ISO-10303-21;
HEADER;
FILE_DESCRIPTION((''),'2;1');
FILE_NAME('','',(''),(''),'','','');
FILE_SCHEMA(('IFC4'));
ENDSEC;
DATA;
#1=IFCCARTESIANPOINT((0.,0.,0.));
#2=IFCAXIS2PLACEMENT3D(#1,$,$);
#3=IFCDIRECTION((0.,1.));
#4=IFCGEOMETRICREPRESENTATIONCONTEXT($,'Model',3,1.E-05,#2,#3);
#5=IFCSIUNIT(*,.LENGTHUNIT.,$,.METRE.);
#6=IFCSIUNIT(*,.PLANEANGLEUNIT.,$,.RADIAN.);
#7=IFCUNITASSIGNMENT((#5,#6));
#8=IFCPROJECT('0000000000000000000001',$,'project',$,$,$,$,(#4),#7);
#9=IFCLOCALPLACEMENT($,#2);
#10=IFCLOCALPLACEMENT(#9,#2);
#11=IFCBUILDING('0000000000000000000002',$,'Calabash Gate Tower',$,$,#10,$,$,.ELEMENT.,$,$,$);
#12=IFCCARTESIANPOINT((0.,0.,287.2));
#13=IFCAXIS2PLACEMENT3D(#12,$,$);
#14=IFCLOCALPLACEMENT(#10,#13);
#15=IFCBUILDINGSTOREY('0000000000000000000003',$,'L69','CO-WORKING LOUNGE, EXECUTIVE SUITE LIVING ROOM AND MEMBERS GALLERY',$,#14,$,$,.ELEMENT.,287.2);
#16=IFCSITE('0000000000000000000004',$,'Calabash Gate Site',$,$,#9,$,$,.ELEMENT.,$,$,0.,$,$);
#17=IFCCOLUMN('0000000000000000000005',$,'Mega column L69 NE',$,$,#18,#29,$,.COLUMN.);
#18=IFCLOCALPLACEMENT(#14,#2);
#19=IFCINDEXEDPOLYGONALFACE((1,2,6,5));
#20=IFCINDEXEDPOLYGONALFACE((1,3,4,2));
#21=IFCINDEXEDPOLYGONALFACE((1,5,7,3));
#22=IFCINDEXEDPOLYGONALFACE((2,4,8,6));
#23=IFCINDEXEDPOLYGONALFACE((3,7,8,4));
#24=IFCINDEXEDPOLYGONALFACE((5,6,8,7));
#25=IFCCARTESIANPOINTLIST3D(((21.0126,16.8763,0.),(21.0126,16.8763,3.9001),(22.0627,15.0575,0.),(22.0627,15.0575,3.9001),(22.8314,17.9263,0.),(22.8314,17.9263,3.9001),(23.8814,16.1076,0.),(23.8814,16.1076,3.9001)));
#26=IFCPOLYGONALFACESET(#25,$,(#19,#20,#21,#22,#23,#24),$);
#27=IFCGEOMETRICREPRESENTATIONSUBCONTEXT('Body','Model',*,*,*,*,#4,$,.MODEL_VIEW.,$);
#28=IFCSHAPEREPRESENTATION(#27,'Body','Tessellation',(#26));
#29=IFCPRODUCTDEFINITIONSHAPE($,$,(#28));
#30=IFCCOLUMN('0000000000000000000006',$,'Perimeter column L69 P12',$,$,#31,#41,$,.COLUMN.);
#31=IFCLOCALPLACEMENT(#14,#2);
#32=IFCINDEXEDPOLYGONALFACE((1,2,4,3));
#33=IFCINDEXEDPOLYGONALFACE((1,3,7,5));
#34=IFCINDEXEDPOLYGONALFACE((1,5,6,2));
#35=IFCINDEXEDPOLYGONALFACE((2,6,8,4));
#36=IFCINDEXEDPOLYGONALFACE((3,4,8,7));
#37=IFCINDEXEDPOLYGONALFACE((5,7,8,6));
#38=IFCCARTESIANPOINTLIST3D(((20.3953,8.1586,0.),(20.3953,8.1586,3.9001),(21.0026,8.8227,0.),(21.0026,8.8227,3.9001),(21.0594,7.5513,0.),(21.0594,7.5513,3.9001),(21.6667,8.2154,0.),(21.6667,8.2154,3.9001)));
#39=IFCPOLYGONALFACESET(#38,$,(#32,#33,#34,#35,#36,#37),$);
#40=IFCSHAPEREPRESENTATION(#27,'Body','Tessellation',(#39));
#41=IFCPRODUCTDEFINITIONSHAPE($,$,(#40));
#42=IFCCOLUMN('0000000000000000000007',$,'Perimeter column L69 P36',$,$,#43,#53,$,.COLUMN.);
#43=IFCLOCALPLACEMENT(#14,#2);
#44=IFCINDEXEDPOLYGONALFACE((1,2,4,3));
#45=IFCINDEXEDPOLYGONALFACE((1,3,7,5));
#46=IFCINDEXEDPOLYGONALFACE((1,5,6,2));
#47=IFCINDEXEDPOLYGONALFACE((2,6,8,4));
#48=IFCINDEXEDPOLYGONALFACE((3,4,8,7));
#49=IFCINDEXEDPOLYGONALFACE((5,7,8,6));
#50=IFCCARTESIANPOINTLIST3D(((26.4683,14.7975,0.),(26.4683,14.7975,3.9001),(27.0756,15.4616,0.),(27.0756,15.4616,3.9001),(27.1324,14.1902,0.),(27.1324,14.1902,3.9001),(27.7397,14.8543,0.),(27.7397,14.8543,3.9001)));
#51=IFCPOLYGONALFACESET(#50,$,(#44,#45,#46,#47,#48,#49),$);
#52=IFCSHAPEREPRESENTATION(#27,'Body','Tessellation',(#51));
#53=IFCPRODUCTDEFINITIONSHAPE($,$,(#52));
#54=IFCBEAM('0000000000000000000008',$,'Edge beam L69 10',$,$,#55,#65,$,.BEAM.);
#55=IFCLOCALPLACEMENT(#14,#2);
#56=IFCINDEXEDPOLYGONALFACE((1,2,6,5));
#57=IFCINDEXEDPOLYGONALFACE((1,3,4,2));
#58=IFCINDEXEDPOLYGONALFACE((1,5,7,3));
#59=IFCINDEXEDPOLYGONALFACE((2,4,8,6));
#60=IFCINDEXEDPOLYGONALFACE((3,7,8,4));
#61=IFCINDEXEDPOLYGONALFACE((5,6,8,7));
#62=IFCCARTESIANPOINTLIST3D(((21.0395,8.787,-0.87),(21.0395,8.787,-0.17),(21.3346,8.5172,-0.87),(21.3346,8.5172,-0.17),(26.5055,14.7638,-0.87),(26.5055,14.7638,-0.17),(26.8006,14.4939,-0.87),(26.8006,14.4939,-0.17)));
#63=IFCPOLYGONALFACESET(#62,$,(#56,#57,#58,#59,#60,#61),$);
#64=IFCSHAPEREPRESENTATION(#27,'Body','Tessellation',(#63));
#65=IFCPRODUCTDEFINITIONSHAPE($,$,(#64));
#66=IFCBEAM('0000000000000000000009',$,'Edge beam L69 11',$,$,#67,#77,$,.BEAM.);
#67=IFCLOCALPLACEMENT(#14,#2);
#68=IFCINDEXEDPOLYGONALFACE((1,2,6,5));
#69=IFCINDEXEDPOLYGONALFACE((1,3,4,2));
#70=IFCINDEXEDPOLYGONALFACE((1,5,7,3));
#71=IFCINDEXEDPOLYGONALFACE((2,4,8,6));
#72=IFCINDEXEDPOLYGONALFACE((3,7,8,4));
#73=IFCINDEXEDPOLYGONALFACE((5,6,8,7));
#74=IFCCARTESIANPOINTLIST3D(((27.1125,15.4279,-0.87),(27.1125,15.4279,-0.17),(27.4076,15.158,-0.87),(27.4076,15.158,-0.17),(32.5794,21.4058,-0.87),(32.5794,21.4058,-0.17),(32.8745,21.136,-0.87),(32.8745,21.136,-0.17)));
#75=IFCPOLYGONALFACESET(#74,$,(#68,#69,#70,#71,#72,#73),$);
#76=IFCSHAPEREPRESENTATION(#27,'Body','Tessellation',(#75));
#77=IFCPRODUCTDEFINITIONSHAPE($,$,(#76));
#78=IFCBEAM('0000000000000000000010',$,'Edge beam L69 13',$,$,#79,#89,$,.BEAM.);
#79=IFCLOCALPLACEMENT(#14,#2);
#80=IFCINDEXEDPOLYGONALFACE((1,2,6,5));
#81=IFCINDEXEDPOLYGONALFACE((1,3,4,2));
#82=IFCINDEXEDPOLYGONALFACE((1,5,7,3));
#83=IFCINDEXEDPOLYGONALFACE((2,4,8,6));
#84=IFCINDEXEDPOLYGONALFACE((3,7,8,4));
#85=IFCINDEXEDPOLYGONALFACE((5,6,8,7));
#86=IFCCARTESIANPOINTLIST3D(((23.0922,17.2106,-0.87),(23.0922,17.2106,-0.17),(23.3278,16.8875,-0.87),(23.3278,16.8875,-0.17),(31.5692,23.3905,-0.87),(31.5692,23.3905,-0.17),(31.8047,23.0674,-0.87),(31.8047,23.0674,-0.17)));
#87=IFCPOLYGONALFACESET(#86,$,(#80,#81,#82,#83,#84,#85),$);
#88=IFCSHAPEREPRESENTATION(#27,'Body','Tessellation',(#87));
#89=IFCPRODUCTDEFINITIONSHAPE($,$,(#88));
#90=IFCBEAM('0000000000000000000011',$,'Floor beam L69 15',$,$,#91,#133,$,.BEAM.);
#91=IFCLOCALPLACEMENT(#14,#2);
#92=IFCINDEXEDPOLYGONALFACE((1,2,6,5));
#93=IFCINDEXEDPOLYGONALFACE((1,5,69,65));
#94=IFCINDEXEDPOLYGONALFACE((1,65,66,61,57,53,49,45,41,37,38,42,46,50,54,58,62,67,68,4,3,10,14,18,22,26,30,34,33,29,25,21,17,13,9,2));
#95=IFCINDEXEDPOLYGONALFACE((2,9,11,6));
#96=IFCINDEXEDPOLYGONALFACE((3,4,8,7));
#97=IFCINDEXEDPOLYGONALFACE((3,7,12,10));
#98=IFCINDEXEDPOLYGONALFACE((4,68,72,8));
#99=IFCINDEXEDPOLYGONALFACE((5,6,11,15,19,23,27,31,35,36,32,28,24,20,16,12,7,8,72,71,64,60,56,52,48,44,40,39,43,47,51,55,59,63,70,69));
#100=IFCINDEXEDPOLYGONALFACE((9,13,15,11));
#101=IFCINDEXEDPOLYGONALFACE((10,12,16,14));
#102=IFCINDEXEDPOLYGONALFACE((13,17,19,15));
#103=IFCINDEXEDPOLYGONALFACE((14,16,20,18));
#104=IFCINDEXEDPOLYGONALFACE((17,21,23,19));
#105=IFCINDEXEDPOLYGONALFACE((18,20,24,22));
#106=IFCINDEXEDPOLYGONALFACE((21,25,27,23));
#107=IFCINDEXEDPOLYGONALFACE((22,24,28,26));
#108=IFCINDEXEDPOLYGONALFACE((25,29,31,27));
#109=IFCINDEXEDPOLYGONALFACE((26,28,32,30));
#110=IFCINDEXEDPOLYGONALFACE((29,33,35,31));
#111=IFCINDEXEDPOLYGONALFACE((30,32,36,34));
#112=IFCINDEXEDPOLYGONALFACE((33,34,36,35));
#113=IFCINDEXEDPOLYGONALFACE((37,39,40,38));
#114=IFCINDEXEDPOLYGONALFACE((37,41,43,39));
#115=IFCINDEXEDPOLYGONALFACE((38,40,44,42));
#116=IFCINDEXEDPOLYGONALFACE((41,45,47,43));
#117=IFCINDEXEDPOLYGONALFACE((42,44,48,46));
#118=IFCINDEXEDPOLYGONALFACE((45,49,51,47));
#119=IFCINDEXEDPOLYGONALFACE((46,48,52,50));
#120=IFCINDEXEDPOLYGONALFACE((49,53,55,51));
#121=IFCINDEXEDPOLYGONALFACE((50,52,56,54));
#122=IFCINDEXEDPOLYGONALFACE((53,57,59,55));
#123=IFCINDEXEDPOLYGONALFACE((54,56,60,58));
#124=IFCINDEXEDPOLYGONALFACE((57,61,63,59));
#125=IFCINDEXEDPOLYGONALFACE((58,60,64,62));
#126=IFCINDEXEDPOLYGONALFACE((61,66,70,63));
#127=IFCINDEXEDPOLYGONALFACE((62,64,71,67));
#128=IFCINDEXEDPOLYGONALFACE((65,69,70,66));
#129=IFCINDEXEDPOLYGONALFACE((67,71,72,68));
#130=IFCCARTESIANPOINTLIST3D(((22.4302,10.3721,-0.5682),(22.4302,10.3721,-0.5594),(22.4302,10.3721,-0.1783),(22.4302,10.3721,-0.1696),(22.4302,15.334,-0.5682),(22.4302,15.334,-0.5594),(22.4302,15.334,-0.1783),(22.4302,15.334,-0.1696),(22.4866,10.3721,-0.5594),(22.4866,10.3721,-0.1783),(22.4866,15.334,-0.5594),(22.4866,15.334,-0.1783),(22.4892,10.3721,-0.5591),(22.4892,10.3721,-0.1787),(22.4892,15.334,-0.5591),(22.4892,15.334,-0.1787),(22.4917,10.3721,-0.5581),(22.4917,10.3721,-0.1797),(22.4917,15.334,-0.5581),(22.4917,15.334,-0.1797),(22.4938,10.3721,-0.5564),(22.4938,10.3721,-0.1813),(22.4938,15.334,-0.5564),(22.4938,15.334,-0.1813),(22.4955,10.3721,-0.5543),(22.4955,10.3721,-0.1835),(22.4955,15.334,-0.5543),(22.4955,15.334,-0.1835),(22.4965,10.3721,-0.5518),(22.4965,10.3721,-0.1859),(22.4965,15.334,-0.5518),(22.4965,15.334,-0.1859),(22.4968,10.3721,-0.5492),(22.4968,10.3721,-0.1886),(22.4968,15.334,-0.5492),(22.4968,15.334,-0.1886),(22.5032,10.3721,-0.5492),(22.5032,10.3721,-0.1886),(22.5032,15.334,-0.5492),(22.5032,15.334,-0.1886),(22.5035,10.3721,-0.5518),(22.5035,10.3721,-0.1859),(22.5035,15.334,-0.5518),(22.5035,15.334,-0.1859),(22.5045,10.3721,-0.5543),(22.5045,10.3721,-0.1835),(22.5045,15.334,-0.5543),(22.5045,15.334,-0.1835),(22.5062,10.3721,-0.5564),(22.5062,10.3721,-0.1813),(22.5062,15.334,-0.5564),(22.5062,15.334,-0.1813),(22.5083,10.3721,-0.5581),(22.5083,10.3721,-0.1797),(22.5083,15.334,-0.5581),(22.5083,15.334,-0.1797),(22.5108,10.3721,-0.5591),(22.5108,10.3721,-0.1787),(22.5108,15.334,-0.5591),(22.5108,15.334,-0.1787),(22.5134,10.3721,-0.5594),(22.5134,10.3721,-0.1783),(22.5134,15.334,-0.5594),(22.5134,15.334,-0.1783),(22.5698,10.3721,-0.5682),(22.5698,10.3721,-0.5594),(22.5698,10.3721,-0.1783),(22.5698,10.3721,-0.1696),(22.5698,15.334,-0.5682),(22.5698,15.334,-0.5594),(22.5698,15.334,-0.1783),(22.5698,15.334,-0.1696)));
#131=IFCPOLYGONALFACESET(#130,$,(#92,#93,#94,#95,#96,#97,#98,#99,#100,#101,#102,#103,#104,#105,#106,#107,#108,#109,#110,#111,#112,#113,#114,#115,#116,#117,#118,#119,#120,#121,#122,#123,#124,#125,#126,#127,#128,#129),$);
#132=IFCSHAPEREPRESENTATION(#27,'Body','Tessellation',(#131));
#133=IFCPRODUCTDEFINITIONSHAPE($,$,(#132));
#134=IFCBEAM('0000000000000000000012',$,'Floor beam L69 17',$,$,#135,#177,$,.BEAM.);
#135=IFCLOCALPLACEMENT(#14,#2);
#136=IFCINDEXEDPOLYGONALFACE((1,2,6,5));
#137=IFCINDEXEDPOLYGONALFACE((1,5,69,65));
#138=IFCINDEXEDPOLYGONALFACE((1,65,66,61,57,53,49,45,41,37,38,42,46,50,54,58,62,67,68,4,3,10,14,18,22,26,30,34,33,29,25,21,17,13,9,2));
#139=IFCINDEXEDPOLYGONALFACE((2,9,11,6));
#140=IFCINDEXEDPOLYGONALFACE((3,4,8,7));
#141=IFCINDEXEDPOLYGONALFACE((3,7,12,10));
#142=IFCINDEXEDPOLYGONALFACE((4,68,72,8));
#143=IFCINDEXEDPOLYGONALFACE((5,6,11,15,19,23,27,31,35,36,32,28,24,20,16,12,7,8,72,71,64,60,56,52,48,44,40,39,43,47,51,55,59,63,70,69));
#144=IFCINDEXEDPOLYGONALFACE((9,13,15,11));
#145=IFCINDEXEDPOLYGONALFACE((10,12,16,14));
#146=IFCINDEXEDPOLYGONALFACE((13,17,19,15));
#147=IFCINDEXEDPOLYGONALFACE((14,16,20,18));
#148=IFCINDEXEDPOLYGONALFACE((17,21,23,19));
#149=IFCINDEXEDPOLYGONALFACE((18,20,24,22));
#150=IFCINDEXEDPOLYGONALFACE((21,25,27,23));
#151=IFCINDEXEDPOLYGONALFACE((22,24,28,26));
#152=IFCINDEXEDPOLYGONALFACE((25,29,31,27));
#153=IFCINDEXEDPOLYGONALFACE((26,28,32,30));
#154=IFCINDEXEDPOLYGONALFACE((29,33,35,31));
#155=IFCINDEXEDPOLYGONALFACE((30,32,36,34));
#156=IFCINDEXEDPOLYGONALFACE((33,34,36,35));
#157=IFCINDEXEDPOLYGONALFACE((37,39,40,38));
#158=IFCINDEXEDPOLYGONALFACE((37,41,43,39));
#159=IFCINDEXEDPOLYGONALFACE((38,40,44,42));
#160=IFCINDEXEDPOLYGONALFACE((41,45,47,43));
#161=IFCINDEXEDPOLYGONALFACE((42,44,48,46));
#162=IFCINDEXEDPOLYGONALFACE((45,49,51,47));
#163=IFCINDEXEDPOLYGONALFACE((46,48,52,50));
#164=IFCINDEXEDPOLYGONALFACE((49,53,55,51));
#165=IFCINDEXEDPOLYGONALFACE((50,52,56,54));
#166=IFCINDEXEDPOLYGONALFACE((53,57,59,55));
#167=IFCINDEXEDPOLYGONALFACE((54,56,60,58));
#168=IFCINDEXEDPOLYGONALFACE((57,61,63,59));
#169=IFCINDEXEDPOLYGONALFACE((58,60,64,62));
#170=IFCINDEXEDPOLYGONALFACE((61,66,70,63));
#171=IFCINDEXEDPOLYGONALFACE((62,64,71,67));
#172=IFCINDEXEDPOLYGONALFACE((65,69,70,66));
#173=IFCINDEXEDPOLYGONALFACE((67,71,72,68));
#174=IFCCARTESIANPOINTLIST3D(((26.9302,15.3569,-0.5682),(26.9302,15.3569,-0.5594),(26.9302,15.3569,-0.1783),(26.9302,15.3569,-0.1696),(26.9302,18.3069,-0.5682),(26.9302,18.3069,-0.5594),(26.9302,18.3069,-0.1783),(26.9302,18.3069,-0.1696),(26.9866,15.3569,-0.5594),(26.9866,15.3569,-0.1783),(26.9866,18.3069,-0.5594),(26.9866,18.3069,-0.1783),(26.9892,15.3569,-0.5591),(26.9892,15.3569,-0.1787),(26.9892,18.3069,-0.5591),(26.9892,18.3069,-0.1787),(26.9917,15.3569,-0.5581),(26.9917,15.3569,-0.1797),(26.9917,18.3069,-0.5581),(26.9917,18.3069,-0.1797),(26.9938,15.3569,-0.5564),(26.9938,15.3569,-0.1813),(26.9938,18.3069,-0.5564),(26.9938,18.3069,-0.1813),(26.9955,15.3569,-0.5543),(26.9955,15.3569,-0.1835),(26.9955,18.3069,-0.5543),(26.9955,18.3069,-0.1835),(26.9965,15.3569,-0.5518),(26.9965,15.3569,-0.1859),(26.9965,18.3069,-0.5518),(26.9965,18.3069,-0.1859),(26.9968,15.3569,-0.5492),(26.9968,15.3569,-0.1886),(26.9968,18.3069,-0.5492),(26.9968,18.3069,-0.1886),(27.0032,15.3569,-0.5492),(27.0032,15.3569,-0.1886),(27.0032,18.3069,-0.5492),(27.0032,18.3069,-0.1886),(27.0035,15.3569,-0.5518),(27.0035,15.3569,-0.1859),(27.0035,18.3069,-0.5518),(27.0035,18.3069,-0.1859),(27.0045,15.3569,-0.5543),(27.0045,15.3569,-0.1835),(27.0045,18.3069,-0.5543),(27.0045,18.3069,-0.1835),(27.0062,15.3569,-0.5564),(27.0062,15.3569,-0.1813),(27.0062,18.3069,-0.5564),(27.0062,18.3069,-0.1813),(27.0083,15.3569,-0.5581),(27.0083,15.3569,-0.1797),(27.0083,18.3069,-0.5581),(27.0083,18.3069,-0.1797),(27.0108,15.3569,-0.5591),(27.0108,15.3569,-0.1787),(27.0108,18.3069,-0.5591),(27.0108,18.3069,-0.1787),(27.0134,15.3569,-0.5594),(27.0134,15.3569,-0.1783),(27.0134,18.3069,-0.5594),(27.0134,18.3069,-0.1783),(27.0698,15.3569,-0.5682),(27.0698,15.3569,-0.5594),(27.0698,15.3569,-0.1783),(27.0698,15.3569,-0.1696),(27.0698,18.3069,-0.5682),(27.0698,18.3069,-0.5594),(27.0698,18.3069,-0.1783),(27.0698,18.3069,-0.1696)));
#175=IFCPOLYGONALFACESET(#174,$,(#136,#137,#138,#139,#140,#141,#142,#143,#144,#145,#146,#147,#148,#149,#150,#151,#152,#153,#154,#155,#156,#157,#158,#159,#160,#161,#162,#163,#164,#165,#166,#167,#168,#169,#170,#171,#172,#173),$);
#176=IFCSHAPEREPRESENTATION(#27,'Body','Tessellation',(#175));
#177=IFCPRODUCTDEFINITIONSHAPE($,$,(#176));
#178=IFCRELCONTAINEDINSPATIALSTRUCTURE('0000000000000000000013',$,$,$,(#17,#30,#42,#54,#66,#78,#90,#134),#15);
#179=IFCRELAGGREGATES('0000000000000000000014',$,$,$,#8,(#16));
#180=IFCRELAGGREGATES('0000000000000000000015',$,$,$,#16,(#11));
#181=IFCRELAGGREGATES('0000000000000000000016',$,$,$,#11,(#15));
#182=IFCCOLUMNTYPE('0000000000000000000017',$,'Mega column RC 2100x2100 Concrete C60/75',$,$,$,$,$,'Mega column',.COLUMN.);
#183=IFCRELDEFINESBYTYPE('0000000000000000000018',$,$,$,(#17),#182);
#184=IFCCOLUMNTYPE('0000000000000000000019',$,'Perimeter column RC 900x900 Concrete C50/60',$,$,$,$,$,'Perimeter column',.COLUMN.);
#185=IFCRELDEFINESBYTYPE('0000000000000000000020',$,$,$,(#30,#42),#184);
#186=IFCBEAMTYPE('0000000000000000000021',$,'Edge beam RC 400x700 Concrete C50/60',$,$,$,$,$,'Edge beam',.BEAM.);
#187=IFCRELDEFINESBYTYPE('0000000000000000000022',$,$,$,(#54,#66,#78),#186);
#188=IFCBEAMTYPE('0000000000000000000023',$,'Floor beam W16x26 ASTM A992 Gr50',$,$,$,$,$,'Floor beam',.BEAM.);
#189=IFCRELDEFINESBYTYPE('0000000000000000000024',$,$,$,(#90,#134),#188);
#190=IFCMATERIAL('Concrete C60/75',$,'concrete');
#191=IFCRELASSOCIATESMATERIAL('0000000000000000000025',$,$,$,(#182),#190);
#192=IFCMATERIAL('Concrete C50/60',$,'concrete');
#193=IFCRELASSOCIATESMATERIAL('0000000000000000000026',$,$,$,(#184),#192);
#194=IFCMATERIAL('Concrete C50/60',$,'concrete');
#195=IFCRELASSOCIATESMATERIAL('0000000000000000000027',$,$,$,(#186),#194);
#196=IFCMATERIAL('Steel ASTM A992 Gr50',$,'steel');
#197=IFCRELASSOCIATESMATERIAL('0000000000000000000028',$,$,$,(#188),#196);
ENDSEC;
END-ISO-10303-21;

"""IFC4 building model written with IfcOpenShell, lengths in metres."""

from ifc_helpers import new_model, si_unit, direction, frame, origin, origin_2d, place, context, subcontext, project, spatial, rectangle, i_section, extrude, material, material_profile, profile_set, type_object, element, save


model = new_model("IFC4")

# Units and contexts
model_context = context("Model", 3, precision=1e-05, world=origin(), true_north=direction((0.0, 1.0)))
body_context = subcontext(model_context, "Body", "Model", "MODEL_VIEW")
ifc_project = project(units=[si_unit("LENGTHUNIT", "METRE"), si_unit("PLANEANGLEUNIT", "RADIAN")], contexts=[model_context])

# Site, building, storey
site_placement = place(None, origin())
site = spatial("IfcSite", under=ifc_project, at=site_placement, Name="Calabash Gate Site", CompositionType="ELEMENT", RefElevation=0.0)
building_placement = place(site_placement, origin())
building = spatial("IfcBuilding", under=site, at=building_placement, Name="Calabash Gate Tower", CompositionType="ELEMENT")
storey_placement = place(building_placement, frame((0.0, 0.0, 287.2)))
storey = spatial("IfcBuildingStorey", under=building, at=storey_placement, Name="L69", Description="CO-WORKING LOUNGE, EXECUTIVE SUITE LIVING ROOM AND MEMBERS GALLERY", CompositionType="ELEMENT", Elevation=287.2)

# Columns
ifc_material_1 = material(Name="Concrete C60/75", Category="concrete")
ifc_material_profile_1 = material_profile(ifc_material_1, rectangle(XDim=2.1001, YDim=2.1001, at=origin_2d()))
ifc_profile_set_1 = profile_set([ifc_material_profile_1], Name="Concrete C60/75")
column_type_1 = type_object("IfcColumnType", Name="Mega column RC 2100x2100 Concrete C60/75", ElementType="Mega column", PredefinedType="COLUMN", material=ifc_profile_set_1)
column_placement = place(storey_placement, frame((22.447, 16.4919, 0.0), z_axis=(0.0, 0.0, 1.0), x_axis=(-0.866025, -0.5, 0.0)))
element("IfcColumn", 1, at=column_placement, inside=storey, type_object=column_type_1, Name="Mega column L69 NE", PredefinedType="COLUMN", context=body_context, shape_type="SweptSolid", body=[
    extrude(rectangle(XDim=2.1001, YDim=2.1001, at=origin_2d()), origin(), (0.0, 0.0, 1.0), 3.9001),
])
ifc_material_2 = material(Name="Concrete C50/60", Category="concrete")
ifc_material_profile_2 = material_profile(ifc_material_2, rectangle(XDim=0.8999, YDim=0.8999, at=origin_2d()))
ifc_profile_set_2 = profile_set([ifc_material_profile_2], Name="Concrete C50/60")
column_type_2 = type_object("IfcColumnType", Name="Perimeter column RC 900x900 Concrete C50/60", ElementType="Perimeter column", PredefinedType="COLUMN", material=ifc_profile_set_2)
for number, where, z_axis, x_axis, name in (
    (2, (21.031, 8.187, 0.0), (0.0, 0.0, 1.0), (0.674856, 0.737949, 0.0), "Perimeter column L69 P12"),
    (3, (27.104, 14.8259, 0.0), (0.0, 0.0, 1.0), (0.674856, 0.737949, 0.0), "Perimeter column L69 P36"),
):
    element("IfcColumn", number, at=place(storey_placement, frame(where, z_axis=z_axis, x_axis=x_axis)), inside=storey, type_object=column_type_2, Name=name, PredefinedType="COLUMN", context=body_context, shape_type="SweptSolid", body=[
        extrude(rectangle(XDim=0.8999, YDim=0.8999, at=origin_2d()), origin(), (0.0, 0.0, 1.0), 3.9001),
    ])

# Beams
ifc_material_3 = material(Name="Concrete C50/60", Category="concrete")
ifc_material_profile_3 = material_profile(ifc_material_3, rectangle(XDim=0.3999, YDim=0.7, at=origin_2d()))
ifc_profile_set_3 = profile_set([ifc_material_profile_3], Name="Concrete C50/60")
beam_type_1 = type_object("IfcBeamType", Name="Edge beam RC 400x700 Concrete C50/60", ElementType="Edge beam", PredefinedType="BEAM", material=ifc_profile_set_3)
beam_1_placement = place(storey_placement, frame((21.187, 8.6521, -0.52), z_axis=(0.674874, 0.737933, 0.0), x_axis=(-0.737933, 0.674874, 0.0)))
element("IfcBeam", 4, at=beam_1_placement, inside=storey, type_object=beam_type_1, Name="Edge beam L69 10", PredefinedType="BEAM", context=body_context, shape_type="SweptSolid", body=[
    extrude(rectangle(XDim=0.3999, YDim=0.7, at=origin_2d()), origin(), (0.0, 0.0, 1.0), 8.0994),
])
beam_2_placement = place(storey_placement, frame((27.26, 15.293, -0.52), z_axis=(0.674864, 0.737942, 0.0), x_axis=(-0.737942, 0.674864, 0.0)))
element("IfcBeam", 5, at=beam_2_placement, inside=storey, type_object=beam_type_1, Name="Edge beam L69 11", PredefinedType="BEAM", context=body_context, shape_type="SweptSolid", body=[
    extrude(rectangle(XDim=0.3999, YDim=0.7, at=origin_2d()), origin(), (0.0, 0.0, 1.0), 8.1008),
])
beam_3_placement = place(storey_placement, frame((23.21, 17.0491, -0.52), z_axis=(0.808064, 0.589094, 0.0), x_axis=(-0.589094, 0.808064, 0.0)))
element("IfcBeam", 6, at=beam_3_placement, inside=storey, type_object=beam_type_1, Name="Edge beam L69 13", PredefinedType="BEAM", context=body_context, shape_type="SweptSolid", body=[
    extrude(rectangle(XDim=0.3999, YDim=0.7, at=origin_2d()), origin(), (0.0, 0.0, 1.0), 10.4905),
])
ifc_material_4 = material(Name="Steel ASTM A992 Gr50", Category="steel")
ifc_material_profile_4 = material_profile(ifc_material_4, i_section(OverallWidth=0.1396, OverallDepth=0.3987, WebThickness=0.0063, FlangeThickness=0.0088, FilletRadius=0.0103, at=origin_2d()))
ifc_profile_set_4 = profile_set([ifc_material_profile_4], Name="Steel ASTM A992 Gr50")
beam_type_2 = type_object("IfcBeamType", Name="Floor beam W16x26 ASTM A992 Gr50", ElementType="Floor beam", PredefinedType="BEAM", material=ifc_profile_set_4)
beam_4_placement = place(storey_placement, frame((22.5, 10.3721, -0.3689), z_axis=(0.0, 1.0, 0.0), x_axis=(-1.0, 0.0, 0.0)))
element("IfcBeam", 7, at=beam_4_placement, inside=storey, type_object=beam_type_2, Name="Floor beam L69 15", PredefinedType="BEAM", context=body_context, shape_type="SweptSolid", body=[
    extrude(i_section(OverallWidth=0.1396, OverallDepth=0.3987, WebThickness=0.0063, FlangeThickness=0.0088, FilletRadius=0.0103, at=origin_2d()), origin(), (0.0, 0.0, 1.0), 4.9619),
])
beam_5_placement = place(storey_placement, frame((27.0, 15.3569, -0.3689), z_axis=(0.0, 1.0, 0.0), x_axis=(-1.0, 0.0, 0.0)))
element("IfcBeam", 8, at=beam_5_placement, inside=storey, type_object=beam_type_2, Name="Floor beam L69 17", PredefinedType="BEAM", context=body_context, shape_type="SweptSolid", body=[
    extrude(i_section(OverallWidth=0.1396, OverallDepth=0.3987, WebThickness=0.0063, FlangeThickness=0.0088, FilletRadius=0.0103, at=origin_2d()), origin(), (0.0, 0.0, 1.0), 2.95),
])

save(model, "model.ifc")
